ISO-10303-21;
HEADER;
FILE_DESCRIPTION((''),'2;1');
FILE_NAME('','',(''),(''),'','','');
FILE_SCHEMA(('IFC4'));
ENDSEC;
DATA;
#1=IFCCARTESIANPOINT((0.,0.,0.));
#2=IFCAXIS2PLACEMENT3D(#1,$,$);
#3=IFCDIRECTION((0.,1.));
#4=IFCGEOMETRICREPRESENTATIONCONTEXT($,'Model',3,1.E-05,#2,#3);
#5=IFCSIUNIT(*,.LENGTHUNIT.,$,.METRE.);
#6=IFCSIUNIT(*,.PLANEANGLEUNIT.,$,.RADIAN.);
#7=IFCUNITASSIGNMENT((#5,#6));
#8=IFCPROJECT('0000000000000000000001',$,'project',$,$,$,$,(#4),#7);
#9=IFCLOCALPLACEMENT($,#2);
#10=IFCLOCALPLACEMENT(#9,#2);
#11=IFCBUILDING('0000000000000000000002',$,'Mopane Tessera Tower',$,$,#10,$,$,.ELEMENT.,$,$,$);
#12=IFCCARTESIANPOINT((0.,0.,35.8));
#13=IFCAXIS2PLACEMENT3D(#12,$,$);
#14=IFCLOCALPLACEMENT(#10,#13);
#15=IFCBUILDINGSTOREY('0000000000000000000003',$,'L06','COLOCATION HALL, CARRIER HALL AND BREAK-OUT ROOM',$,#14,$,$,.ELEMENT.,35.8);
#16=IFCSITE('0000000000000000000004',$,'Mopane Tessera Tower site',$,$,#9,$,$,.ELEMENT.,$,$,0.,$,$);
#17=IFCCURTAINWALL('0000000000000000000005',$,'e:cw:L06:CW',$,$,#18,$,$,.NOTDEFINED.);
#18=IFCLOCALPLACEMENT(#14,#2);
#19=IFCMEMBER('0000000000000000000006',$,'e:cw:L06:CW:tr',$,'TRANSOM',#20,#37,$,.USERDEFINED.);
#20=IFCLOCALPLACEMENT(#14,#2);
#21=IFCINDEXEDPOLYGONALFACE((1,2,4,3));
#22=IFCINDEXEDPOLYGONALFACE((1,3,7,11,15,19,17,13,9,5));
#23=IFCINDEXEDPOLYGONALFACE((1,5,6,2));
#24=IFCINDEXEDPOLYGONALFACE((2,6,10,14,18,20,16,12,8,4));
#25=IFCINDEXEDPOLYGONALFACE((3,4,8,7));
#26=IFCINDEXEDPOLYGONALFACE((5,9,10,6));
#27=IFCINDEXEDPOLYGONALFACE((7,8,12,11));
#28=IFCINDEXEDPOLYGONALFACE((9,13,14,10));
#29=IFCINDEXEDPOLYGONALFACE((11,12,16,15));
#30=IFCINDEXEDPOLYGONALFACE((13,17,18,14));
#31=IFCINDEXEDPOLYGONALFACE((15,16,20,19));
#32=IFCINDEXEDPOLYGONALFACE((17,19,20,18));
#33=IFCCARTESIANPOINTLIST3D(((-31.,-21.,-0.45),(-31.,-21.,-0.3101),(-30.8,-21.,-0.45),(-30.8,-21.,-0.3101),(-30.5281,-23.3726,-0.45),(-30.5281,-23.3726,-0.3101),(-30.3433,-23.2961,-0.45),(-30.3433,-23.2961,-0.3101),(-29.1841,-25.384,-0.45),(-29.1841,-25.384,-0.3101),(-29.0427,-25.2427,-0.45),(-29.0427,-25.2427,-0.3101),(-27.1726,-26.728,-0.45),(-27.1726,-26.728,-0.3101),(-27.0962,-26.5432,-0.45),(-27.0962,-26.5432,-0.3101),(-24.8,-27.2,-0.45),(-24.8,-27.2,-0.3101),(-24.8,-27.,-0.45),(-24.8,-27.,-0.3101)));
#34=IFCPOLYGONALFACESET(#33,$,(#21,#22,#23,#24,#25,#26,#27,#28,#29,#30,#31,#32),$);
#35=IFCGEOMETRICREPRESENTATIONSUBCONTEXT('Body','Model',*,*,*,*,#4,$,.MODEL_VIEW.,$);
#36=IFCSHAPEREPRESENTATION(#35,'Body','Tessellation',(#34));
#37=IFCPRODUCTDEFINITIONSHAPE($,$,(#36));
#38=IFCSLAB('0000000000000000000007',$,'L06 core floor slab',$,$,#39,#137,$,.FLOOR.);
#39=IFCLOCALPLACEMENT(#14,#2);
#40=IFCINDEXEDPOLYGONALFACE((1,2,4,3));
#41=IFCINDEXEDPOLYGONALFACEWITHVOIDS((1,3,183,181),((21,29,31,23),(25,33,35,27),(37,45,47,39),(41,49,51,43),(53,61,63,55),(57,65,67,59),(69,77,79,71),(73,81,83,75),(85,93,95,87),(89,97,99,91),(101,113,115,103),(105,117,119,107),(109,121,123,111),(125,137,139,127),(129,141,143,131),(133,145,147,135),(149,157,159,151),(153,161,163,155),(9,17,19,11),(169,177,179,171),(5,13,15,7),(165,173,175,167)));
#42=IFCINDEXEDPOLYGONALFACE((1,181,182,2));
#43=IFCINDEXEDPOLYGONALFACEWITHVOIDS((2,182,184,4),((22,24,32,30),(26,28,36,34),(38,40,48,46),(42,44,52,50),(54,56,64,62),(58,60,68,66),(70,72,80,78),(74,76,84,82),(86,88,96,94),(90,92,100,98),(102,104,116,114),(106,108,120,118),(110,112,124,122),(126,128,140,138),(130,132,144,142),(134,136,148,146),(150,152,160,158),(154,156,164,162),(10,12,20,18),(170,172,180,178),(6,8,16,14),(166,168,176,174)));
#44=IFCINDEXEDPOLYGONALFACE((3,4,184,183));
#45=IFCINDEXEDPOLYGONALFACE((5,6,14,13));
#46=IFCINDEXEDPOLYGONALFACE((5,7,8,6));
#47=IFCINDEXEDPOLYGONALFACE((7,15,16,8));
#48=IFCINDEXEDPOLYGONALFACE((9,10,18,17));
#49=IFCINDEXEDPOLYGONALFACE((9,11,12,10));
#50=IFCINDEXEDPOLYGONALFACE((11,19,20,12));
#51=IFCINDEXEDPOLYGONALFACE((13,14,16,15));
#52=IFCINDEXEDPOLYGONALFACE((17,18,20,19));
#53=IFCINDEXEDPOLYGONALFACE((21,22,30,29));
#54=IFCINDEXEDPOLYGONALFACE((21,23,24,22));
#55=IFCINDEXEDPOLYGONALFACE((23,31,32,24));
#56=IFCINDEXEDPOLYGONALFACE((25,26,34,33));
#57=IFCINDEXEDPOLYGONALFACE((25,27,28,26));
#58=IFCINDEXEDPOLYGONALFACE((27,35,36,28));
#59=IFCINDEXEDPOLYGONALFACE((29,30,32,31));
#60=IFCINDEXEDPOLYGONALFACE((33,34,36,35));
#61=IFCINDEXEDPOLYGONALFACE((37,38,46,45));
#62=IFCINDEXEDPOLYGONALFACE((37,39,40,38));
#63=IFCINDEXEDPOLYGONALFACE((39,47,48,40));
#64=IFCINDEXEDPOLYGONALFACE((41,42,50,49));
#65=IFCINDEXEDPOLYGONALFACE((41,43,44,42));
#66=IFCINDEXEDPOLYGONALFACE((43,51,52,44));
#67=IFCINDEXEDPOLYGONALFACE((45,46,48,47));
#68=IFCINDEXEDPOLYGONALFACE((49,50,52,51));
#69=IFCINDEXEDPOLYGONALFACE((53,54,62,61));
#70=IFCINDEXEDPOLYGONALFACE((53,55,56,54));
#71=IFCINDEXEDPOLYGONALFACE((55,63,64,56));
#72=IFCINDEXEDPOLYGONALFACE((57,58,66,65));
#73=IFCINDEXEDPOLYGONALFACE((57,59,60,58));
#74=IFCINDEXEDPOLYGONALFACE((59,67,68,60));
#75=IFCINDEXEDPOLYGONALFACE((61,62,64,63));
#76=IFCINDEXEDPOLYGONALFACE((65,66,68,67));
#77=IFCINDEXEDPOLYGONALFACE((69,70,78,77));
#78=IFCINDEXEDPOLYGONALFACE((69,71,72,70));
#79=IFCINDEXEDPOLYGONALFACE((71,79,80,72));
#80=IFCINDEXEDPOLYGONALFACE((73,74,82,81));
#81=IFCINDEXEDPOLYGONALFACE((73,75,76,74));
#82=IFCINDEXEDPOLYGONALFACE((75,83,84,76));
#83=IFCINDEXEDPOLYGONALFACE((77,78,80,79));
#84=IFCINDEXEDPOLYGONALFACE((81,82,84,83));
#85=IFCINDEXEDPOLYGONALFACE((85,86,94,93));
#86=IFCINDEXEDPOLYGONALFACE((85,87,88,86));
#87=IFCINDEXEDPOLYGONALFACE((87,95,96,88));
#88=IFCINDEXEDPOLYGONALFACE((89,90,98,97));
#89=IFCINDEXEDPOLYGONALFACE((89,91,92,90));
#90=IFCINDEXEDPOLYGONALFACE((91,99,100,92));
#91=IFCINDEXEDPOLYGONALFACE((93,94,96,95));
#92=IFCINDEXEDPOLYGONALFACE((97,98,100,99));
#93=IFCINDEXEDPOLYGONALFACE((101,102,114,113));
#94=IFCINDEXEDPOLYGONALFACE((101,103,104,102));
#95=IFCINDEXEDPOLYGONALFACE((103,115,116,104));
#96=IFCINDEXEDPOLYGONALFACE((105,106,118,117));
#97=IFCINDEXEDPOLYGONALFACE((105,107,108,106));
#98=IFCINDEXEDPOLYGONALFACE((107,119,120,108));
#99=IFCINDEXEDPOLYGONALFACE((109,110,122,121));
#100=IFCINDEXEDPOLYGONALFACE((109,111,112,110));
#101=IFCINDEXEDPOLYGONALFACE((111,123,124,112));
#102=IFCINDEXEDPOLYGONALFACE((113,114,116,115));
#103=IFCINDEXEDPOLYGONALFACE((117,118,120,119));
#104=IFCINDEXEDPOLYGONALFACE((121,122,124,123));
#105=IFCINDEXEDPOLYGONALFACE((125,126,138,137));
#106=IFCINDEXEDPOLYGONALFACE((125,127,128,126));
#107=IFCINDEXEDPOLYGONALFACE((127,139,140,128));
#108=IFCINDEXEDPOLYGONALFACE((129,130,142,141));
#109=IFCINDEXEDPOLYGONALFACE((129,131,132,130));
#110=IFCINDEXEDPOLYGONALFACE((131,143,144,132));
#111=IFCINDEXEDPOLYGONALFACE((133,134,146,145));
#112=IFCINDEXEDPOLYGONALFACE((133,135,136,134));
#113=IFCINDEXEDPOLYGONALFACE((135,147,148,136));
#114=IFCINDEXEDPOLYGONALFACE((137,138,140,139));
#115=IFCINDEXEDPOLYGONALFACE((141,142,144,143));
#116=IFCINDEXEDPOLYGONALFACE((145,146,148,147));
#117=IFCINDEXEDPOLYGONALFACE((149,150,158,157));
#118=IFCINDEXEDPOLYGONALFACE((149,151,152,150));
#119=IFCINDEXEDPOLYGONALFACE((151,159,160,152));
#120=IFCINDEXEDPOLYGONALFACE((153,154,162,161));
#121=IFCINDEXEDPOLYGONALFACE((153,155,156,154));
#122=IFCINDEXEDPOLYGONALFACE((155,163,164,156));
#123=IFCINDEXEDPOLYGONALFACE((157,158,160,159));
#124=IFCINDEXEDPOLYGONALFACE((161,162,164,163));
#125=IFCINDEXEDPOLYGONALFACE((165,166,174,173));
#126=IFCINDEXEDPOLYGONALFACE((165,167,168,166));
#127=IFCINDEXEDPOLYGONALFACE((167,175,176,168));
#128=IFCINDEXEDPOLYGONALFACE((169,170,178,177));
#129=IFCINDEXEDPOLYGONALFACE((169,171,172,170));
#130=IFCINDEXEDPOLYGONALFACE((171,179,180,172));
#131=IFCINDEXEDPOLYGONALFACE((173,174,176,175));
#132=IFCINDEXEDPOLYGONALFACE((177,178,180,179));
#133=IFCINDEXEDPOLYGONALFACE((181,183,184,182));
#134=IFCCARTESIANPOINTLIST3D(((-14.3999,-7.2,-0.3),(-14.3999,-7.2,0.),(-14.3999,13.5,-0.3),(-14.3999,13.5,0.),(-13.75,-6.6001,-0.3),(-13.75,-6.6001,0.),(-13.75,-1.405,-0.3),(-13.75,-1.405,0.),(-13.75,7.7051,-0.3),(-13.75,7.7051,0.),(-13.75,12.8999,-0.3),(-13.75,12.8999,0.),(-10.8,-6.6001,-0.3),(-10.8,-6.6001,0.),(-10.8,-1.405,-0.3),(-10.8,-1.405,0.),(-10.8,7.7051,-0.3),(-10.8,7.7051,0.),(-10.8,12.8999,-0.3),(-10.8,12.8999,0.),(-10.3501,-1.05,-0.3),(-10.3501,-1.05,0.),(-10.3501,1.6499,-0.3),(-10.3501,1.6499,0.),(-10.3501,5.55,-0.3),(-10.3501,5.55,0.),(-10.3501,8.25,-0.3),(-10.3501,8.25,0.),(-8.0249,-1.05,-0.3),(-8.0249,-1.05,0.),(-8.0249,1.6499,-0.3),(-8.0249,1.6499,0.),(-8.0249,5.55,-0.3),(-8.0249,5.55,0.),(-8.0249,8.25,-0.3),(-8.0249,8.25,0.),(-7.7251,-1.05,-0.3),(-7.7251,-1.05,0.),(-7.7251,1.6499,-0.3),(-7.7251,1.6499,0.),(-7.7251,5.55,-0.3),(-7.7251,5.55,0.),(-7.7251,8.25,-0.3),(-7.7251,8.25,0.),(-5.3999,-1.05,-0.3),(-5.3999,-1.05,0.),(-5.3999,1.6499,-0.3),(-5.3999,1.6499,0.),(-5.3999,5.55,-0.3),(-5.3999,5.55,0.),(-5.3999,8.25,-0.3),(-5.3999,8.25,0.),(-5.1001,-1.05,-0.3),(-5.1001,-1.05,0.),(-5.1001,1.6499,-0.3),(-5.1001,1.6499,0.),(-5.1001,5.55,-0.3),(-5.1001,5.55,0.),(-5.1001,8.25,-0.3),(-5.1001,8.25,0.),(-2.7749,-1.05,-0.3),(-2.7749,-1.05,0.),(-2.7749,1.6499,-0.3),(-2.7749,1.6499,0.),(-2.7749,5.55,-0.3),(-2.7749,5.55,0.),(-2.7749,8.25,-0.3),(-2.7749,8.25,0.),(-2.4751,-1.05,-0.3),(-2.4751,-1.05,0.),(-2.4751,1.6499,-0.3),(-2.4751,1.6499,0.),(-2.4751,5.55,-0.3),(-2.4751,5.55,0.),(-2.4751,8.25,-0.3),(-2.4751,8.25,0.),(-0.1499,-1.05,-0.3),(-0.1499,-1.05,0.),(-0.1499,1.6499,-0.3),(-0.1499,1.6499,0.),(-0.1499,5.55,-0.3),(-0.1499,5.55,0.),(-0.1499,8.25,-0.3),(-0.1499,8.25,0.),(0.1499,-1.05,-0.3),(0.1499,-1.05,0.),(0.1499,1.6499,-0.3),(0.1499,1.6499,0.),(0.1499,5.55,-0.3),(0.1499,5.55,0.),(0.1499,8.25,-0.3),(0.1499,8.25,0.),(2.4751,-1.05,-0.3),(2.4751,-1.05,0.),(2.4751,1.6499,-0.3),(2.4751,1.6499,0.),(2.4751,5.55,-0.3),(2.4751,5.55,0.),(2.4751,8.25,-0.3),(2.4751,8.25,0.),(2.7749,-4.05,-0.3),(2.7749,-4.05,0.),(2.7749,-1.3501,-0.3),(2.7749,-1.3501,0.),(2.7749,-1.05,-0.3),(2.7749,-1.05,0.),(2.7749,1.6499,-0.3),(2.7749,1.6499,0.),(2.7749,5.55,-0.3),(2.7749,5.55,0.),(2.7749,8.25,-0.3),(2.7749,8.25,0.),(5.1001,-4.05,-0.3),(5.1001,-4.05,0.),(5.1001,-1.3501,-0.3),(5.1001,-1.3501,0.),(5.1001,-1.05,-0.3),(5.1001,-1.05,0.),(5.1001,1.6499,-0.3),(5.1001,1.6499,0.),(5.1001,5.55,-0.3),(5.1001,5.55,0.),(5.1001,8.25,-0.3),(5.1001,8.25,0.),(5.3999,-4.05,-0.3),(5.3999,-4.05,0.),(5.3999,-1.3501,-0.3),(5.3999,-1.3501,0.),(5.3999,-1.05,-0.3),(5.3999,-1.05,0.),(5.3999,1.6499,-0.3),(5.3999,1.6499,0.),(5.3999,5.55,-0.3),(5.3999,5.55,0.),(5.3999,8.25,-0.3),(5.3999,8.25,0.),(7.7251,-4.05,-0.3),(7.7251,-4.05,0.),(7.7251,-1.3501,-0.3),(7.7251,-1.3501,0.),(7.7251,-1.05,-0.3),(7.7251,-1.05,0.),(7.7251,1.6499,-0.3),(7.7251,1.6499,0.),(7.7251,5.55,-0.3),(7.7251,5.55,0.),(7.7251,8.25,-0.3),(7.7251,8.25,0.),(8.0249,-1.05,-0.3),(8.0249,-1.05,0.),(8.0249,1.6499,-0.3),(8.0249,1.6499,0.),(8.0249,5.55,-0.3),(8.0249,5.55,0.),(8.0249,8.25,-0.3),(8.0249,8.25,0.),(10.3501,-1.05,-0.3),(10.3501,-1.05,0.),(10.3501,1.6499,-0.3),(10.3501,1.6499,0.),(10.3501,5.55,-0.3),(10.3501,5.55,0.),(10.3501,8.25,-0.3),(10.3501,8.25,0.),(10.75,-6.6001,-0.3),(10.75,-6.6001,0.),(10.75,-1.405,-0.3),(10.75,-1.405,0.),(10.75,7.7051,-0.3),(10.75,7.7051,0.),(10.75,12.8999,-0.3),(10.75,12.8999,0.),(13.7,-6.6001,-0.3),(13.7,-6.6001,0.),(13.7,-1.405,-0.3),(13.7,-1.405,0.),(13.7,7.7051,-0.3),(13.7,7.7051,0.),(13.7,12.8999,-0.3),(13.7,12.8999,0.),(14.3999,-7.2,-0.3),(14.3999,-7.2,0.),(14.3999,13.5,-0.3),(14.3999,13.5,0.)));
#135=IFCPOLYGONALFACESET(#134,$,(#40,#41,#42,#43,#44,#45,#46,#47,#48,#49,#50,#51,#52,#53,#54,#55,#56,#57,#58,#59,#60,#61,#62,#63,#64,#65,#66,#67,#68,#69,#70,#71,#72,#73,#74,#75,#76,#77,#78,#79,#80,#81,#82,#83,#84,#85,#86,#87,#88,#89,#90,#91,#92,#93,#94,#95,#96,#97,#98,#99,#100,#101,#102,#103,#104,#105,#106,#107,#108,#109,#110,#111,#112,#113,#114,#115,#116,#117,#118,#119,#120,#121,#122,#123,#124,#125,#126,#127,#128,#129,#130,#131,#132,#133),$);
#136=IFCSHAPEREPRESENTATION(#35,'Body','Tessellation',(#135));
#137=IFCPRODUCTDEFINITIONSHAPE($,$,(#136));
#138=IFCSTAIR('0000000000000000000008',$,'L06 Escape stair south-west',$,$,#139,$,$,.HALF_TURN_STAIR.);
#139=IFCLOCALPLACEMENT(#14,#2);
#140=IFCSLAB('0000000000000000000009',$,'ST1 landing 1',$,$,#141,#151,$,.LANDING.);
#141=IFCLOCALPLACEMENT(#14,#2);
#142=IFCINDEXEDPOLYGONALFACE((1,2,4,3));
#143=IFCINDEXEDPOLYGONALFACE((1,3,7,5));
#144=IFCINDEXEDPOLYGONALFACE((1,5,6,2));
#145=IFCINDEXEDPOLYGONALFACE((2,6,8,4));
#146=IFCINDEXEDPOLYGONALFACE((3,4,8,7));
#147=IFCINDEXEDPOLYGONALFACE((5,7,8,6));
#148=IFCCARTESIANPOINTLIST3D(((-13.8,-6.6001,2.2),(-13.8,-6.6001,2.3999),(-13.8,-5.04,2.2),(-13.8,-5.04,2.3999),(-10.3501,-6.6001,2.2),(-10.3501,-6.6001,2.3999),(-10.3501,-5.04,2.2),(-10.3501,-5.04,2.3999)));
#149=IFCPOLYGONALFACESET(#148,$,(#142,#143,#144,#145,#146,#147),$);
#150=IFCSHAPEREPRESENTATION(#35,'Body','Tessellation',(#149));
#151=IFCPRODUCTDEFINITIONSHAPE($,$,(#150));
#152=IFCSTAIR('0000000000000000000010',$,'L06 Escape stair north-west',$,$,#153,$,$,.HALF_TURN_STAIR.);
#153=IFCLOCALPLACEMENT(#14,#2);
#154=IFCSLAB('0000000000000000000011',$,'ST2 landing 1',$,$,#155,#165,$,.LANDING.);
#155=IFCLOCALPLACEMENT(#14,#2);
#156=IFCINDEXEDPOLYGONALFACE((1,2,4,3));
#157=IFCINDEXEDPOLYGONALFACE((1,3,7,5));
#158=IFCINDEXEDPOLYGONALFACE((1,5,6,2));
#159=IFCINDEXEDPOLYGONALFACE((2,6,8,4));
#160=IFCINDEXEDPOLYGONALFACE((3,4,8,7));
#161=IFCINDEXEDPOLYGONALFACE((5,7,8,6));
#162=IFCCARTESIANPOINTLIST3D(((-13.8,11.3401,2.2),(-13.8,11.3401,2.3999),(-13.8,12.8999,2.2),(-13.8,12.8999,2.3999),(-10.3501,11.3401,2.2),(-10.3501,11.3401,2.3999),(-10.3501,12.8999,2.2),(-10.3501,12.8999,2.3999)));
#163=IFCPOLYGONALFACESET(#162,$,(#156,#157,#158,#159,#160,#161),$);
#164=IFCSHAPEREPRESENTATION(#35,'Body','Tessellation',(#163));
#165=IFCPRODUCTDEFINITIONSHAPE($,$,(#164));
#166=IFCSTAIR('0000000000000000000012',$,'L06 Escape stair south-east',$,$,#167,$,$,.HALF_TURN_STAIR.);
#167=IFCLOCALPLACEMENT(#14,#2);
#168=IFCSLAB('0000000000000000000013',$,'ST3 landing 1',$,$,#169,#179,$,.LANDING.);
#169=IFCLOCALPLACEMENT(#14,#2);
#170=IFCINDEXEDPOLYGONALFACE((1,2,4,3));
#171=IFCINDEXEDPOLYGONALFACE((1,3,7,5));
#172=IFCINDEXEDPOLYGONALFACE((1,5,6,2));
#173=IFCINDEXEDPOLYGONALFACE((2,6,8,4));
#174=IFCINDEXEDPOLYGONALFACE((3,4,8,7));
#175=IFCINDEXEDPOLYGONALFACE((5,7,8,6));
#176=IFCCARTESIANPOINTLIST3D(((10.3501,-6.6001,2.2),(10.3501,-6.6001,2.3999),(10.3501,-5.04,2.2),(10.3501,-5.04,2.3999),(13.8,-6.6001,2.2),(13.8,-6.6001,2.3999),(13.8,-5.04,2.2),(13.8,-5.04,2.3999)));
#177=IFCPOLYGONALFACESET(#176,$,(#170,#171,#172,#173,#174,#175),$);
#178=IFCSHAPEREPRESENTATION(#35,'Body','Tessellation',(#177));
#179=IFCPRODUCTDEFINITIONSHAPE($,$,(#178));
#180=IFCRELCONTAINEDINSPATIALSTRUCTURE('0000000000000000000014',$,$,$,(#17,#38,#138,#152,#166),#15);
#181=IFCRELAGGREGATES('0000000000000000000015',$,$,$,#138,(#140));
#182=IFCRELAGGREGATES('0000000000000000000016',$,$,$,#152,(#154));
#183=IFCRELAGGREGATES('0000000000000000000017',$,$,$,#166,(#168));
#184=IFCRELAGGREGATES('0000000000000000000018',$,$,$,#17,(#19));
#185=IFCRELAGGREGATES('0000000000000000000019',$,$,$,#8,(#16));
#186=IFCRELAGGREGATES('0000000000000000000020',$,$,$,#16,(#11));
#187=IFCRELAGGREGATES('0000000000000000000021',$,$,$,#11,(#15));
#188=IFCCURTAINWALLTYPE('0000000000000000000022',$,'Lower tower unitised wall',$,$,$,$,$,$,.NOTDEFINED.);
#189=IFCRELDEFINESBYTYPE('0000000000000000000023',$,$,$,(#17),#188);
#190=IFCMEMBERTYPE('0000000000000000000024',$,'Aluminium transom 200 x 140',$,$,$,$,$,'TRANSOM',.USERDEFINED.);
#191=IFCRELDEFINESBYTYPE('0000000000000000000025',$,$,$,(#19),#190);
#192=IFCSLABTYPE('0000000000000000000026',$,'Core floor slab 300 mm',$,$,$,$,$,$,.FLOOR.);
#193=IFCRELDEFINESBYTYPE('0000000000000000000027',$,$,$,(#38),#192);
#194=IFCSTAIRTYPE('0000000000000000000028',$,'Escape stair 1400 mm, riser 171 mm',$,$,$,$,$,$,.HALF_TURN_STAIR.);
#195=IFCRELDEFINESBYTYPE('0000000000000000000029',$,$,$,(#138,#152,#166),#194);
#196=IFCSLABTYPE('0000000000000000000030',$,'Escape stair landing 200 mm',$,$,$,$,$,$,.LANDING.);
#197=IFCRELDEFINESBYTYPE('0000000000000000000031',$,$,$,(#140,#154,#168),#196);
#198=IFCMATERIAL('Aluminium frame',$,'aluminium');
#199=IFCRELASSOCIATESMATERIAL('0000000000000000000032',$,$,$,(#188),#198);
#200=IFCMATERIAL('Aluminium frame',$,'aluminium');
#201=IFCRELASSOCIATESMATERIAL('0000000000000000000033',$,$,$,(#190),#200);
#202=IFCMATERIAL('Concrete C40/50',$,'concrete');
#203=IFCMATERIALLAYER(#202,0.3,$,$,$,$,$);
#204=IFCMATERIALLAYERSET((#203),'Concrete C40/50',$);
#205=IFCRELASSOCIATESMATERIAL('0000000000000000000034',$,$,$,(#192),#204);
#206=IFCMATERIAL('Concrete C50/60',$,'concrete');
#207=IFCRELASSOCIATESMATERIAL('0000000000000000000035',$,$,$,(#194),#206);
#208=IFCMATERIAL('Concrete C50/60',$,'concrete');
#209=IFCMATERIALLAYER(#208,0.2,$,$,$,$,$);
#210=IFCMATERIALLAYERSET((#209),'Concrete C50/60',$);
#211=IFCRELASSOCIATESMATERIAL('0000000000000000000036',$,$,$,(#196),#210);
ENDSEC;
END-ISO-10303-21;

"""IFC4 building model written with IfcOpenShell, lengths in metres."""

from ifc_helpers import new_model, si_unit, direction, frame, origin, origin_2d, place, context, subcontext, project, spatial, polyline, rectangle, outline, extrude, material, layer, layer_set, material_profile, profile_set, type_object, element, aggregate, save


model = new_model("IFC4")

# Units and contexts
model_context = context("Model", 3, precision=1e-05, world=origin(), true_north=direction((0.0, 1.0)))
body_context = subcontext(model_context, "Body", "Model", "MODEL_VIEW")
ifc_project = project(units=[si_unit("LENGTHUNIT", "METRE"), si_unit("PLANEANGLEUNIT", "RADIAN")], contexts=[model_context])

# Site, building, storey
site_placement = place(None, origin())
site = spatial("IfcSite", under=ifc_project, at=site_placement, Name="Mopane Tessera Tower site", CompositionType="ELEMENT", RefElevation=0.0)
building_placement = place(site_placement, origin())
building = spatial("IfcBuilding", under=site, at=building_placement, Name="Mopane Tessera Tower", CompositionType="ELEMENT")
storey_placement = place(building_placement, frame((0.0, 0.0, 35.8)))
storey = spatial("IfcBuildingStorey", under=building, at=storey_placement, Name="L06", Description="COLOCATION HALL, CARRIER HALL AND BREAK-OUT ROOM", CompositionType="ELEMENT", Elevation=35.8)

# Curtain wall, member
ifc_material_1 = material(Name="Aluminium frame", Category="aluminium")
curtain_wall_type = type_object("IfcCurtainWallType", Name="Lower tower unitised wall", PredefinedType="NOTDEFINED", material=ifc_material_1)
curtain_wall_placement = place(storey_placement, origin())
curtain_wall = element("IfcCurtainWall", 1, at=curtain_wall_placement, inside=storey, type_object=curtain_wall_type, Name="e:cw:L06:CW", PredefinedType="NOTDEFINED")
ifc_material_2 = material(Name="Aluminium frame", Category="aluminium")
ifc_material_profile = material_profile(ifc_material_2, rectangle(XDim=0.2, YDim=0.1399, at=origin_2d()))
ifc_profile_set = profile_set([ifc_material_profile], Name="Aluminium frame")
member_type = type_object("IfcMemberType", Name="Aluminium transom 200 x 140", ElementType="TRANSOM", PredefinedType="USERDEFINED", material=ifc_profile_set)
member_placement = place(storey_placement, frame((0.0, 0.0, -0.45)))
member = element("IfcMember", 2, at=member_placement, type_object=member_type, Name="e:cw:L06:CW:tr", ObjectType="TRANSOM", PredefinedType="USERDEFINED", context=body_context, shape_type="SweptSolid", body=[
    extrude(outline(polyline([(-30.8, -21.0), (-30.3433, -23.2961), (-29.0427, -25.2427), (-27.0962, -26.5432), (-24.8, -27.0), (-24.8, -27.2), (-27.1726, -26.728), (-29.1841, -25.384), (-30.5281, -23.3726), (-31.0, -21.0), (-30.8, -21.0)])), origin(), (0.0, 0.0, 1.0), 0.1399),
])

# Slab
ifc_material_3 = material(Name="Concrete C40/50", Category="concrete")
ifc_layer_1 = layer(ifc_material_3, 0.3)
ifc_layer_set_1 = layer_set([ifc_layer_1], Name="Concrete C40/50")
slab_type_1 = type_object("IfcSlabType", Name="Core floor slab 300 mm", PredefinedType="FLOOR", material=ifc_layer_set_1)
slab_1_placement = place(storey_placement, frame((0.0, 0.0, -0.3)))
element("IfcSlab", 3, at=slab_1_placement, inside=storey, type_object=slab_type_1, Name="L06 core floor slab", PredefinedType="FLOOR", context=body_context, shape_type="SweptSolid", body=[
    extrude(outline(polyline([(-14.3999, -7.2), (14.3999, -7.2), (14.3999, 13.5), (-14.3999, 13.5), (-14.3999, -7.2)]), holes=[polyline([(-10.3501, -1.05), (-8.0249, -1.05), (-8.0249, 1.6499), (-10.3501, 1.6499), (-10.3501, -1.05)]), polyline([(-7.7251, -1.05), (-5.3999, -1.05), (-5.3999, 1.6499), (-7.7251, 1.6499), (-7.7251, -1.05)]), polyline([(-5.1001, -1.05), (-2.7749, -1.05), (-2.7749, 1.6499), (-5.1001, 1.6499), (-5.1001, -1.05)]), polyline([(-2.4751, -1.05), (-0.1499, -1.05), (-0.1499, 1.6499), (-2.4751, 1.6499), (-2.4751, -1.05)]), polyline([(0.1499, -1.05), (2.4751, -1.05), (2.4751, 1.6499), (0.1499, 1.6499), (0.1499, -1.05)]), polyline([(2.7749, -1.05), (5.1001, -1.05), (5.1001, 1.6499), (2.7749, 1.6499), (2.7749, -1.05)]), polyline([(5.3999, -1.05), (7.7251, -1.05), (7.7251, 1.6499), (5.3999, 1.6499), (5.3999, -1.05)]), polyline([(8.0249, -1.05), (10.3501, -1.05), (10.3501, 1.6499), (8.0249, 1.6499), (8.0249, -1.05)]), polyline([(-10.3501, 5.55), (-8.0249, 5.55), (-8.0249, 8.25), (-10.3501, 8.25), (-10.3501, 5.55)]), polyline([(-7.7251, 5.55), (-5.3999, 5.55), (-5.3999, 8.25), (-7.7251, 8.25), (-7.7251, 5.55)]), polyline([(-5.1001, 5.55), (-2.7749, 5.55), (-2.7749, 8.25), (-5.1001, 8.25), (-5.1001, 5.55)]), polyline([(-2.4751, 5.55), (-0.1499, 5.55), (-0.1499, 8.25), (-2.4751, 8.25), (-2.4751, 5.55)]), polyline([(0.1499, 5.55), (2.4751, 5.55), (2.4751, 8.25), (0.1499, 8.25), (0.1499, 5.55)]), polyline([(2.7749, 5.55), (5.1001, 5.55), (5.1001, 8.25), (2.7749, 8.25), (2.7749, 5.55)]), polyline([(5.3999, 5.55), (7.7251, 5.55), (7.7251, 8.25), (5.3999, 8.25), (5.3999, 5.55)]), polyline([(8.0249, 5.55), (10.3501, 5.55), (10.3501, 8.25), (8.0249, 8.25), (8.0249, 5.55)]), polyline([(2.7749, -4.05), (5.1001, -4.05), (5.1001, -1.3501), (2.7749, -1.3501), (2.7749, -4.05)]), polyline([(5.3999, -4.05), (7.7251, -4.05), (7.7251, -1.3501), (5.3999, -1.3501), (5.3999, -4.05)]), polyline([(-13.75, -1.405), (-13.75, -6.6001), (-10.8, -6.6001), (-10.8, -1.405), (-13.75, -1.405)]), polyline([(-10.8, 7.7051), (-10.8, 12.8999), (-13.75, 12.8999), (-13.75, 7.7051), (-10.8, 7.7051)]), polyline([(10.75, -1.405), (10.75, -6.6001), (13.7, -6.6001), (13.7, -1.405), (10.75, -1.405)]), polyline([(13.7, 7.7051), (13.7, 12.8999), (10.75, 12.8999), (10.75, 7.7051), (13.7, 7.7051)])]), origin(), (0.0, 0.0, 1.0), 0.3),
])

# Stairs, slabs
ifc_material_4 = material(Name="Concrete C50/60", Category="concrete")
stair_type = type_object("IfcStairType", Name="Escape stair 1400 mm, riser 171 mm", PredefinedType="HALF_TURN_STAIR", material=ifc_material_4)
stair_1_placement = place(storey_placement, origin())
stair_1 = element("IfcStair", 4, at=stair_1_placement, inside=storey, type_object=stair_type, Name="L06 Escape stair south-west", PredefinedType="HALF_TURN_STAIR")
ifc_material_5 = material(Name="Concrete C50/60", Category="concrete")
ifc_layer_2 = layer(ifc_material_5, 0.2)
ifc_layer_set_2 = layer_set([ifc_layer_2], Name="Concrete C50/60")
slab_type_2 = type_object("IfcSlabType", Name="Escape stair landing 200 mm", PredefinedType="LANDING", material=ifc_layer_set_2)
slab_2_placement = place(storey_placement, frame((0.0, 0.0, 2.2)))
slab_2 = element("IfcSlab", 5, at=slab_2_placement, type_object=slab_type_2, Name="ST1 landing 1", PredefinedType="LANDING", context=body_context, shape_type="SweptSolid", body=[
    extrude(outline(polyline([(-13.8, -5.04), (-13.8, -6.6001), (-10.3501, -6.6001), (-10.3501, -5.04), (-13.8, -5.04)])), origin(), (0.0, 0.0, 1.0), 0.2),
])
aggregate(stair_1, [slab_2])
stair_2_placement = place(storey_placement, origin())
stair_2 = element("IfcStair", 6, at=stair_2_placement, inside=storey, type_object=stair_type, Name="L06 Escape stair north-west", PredefinedType="HALF_TURN_STAIR")
slab_3_placement = place(storey_placement, frame((0.0, 0.0, 2.2)))
slab_3 = element("IfcSlab", 7, at=slab_3_placement, type_object=slab_type_2, Name="ST2 landing 1", PredefinedType="LANDING", context=body_context, shape_type="SweptSolid", body=[
    extrude(outline(polyline([(-10.3501, 11.3401), (-10.3501, 12.8999), (-13.8, 12.8999), (-13.8, 11.3401), (-10.3501, 11.3401)])), origin(), (0.0, 0.0, 1.0), 0.2),
])
aggregate(stair_2, [slab_3])
stair_3_placement = place(storey_placement, origin())
stair_3 = element("IfcStair", 8, at=stair_3_placement, inside=storey, type_object=stair_type, Name="L06 Escape stair south-east", PredefinedType="HALF_TURN_STAIR")
slab_4_placement = place(storey_placement, frame((0.0, 0.0, 2.2)))
slab_4 = element("IfcSlab", 9, at=slab_4_placement, type_object=slab_type_2, Name="ST3 landing 1", PredefinedType="LANDING", context=body_context, shape_type="SweptSolid", body=[
    extrude(outline(polyline([(10.3501, -5.04), (10.3501, -6.6001), (13.8, -6.6001), (13.8, -5.04), (10.3501, -5.04)])), origin(), (0.0, 0.0, 1.0), 0.2),
])
aggregate(stair_3, [slab_4])

aggregate(curtain_wall, [member])

save(model, "model.ifc")
